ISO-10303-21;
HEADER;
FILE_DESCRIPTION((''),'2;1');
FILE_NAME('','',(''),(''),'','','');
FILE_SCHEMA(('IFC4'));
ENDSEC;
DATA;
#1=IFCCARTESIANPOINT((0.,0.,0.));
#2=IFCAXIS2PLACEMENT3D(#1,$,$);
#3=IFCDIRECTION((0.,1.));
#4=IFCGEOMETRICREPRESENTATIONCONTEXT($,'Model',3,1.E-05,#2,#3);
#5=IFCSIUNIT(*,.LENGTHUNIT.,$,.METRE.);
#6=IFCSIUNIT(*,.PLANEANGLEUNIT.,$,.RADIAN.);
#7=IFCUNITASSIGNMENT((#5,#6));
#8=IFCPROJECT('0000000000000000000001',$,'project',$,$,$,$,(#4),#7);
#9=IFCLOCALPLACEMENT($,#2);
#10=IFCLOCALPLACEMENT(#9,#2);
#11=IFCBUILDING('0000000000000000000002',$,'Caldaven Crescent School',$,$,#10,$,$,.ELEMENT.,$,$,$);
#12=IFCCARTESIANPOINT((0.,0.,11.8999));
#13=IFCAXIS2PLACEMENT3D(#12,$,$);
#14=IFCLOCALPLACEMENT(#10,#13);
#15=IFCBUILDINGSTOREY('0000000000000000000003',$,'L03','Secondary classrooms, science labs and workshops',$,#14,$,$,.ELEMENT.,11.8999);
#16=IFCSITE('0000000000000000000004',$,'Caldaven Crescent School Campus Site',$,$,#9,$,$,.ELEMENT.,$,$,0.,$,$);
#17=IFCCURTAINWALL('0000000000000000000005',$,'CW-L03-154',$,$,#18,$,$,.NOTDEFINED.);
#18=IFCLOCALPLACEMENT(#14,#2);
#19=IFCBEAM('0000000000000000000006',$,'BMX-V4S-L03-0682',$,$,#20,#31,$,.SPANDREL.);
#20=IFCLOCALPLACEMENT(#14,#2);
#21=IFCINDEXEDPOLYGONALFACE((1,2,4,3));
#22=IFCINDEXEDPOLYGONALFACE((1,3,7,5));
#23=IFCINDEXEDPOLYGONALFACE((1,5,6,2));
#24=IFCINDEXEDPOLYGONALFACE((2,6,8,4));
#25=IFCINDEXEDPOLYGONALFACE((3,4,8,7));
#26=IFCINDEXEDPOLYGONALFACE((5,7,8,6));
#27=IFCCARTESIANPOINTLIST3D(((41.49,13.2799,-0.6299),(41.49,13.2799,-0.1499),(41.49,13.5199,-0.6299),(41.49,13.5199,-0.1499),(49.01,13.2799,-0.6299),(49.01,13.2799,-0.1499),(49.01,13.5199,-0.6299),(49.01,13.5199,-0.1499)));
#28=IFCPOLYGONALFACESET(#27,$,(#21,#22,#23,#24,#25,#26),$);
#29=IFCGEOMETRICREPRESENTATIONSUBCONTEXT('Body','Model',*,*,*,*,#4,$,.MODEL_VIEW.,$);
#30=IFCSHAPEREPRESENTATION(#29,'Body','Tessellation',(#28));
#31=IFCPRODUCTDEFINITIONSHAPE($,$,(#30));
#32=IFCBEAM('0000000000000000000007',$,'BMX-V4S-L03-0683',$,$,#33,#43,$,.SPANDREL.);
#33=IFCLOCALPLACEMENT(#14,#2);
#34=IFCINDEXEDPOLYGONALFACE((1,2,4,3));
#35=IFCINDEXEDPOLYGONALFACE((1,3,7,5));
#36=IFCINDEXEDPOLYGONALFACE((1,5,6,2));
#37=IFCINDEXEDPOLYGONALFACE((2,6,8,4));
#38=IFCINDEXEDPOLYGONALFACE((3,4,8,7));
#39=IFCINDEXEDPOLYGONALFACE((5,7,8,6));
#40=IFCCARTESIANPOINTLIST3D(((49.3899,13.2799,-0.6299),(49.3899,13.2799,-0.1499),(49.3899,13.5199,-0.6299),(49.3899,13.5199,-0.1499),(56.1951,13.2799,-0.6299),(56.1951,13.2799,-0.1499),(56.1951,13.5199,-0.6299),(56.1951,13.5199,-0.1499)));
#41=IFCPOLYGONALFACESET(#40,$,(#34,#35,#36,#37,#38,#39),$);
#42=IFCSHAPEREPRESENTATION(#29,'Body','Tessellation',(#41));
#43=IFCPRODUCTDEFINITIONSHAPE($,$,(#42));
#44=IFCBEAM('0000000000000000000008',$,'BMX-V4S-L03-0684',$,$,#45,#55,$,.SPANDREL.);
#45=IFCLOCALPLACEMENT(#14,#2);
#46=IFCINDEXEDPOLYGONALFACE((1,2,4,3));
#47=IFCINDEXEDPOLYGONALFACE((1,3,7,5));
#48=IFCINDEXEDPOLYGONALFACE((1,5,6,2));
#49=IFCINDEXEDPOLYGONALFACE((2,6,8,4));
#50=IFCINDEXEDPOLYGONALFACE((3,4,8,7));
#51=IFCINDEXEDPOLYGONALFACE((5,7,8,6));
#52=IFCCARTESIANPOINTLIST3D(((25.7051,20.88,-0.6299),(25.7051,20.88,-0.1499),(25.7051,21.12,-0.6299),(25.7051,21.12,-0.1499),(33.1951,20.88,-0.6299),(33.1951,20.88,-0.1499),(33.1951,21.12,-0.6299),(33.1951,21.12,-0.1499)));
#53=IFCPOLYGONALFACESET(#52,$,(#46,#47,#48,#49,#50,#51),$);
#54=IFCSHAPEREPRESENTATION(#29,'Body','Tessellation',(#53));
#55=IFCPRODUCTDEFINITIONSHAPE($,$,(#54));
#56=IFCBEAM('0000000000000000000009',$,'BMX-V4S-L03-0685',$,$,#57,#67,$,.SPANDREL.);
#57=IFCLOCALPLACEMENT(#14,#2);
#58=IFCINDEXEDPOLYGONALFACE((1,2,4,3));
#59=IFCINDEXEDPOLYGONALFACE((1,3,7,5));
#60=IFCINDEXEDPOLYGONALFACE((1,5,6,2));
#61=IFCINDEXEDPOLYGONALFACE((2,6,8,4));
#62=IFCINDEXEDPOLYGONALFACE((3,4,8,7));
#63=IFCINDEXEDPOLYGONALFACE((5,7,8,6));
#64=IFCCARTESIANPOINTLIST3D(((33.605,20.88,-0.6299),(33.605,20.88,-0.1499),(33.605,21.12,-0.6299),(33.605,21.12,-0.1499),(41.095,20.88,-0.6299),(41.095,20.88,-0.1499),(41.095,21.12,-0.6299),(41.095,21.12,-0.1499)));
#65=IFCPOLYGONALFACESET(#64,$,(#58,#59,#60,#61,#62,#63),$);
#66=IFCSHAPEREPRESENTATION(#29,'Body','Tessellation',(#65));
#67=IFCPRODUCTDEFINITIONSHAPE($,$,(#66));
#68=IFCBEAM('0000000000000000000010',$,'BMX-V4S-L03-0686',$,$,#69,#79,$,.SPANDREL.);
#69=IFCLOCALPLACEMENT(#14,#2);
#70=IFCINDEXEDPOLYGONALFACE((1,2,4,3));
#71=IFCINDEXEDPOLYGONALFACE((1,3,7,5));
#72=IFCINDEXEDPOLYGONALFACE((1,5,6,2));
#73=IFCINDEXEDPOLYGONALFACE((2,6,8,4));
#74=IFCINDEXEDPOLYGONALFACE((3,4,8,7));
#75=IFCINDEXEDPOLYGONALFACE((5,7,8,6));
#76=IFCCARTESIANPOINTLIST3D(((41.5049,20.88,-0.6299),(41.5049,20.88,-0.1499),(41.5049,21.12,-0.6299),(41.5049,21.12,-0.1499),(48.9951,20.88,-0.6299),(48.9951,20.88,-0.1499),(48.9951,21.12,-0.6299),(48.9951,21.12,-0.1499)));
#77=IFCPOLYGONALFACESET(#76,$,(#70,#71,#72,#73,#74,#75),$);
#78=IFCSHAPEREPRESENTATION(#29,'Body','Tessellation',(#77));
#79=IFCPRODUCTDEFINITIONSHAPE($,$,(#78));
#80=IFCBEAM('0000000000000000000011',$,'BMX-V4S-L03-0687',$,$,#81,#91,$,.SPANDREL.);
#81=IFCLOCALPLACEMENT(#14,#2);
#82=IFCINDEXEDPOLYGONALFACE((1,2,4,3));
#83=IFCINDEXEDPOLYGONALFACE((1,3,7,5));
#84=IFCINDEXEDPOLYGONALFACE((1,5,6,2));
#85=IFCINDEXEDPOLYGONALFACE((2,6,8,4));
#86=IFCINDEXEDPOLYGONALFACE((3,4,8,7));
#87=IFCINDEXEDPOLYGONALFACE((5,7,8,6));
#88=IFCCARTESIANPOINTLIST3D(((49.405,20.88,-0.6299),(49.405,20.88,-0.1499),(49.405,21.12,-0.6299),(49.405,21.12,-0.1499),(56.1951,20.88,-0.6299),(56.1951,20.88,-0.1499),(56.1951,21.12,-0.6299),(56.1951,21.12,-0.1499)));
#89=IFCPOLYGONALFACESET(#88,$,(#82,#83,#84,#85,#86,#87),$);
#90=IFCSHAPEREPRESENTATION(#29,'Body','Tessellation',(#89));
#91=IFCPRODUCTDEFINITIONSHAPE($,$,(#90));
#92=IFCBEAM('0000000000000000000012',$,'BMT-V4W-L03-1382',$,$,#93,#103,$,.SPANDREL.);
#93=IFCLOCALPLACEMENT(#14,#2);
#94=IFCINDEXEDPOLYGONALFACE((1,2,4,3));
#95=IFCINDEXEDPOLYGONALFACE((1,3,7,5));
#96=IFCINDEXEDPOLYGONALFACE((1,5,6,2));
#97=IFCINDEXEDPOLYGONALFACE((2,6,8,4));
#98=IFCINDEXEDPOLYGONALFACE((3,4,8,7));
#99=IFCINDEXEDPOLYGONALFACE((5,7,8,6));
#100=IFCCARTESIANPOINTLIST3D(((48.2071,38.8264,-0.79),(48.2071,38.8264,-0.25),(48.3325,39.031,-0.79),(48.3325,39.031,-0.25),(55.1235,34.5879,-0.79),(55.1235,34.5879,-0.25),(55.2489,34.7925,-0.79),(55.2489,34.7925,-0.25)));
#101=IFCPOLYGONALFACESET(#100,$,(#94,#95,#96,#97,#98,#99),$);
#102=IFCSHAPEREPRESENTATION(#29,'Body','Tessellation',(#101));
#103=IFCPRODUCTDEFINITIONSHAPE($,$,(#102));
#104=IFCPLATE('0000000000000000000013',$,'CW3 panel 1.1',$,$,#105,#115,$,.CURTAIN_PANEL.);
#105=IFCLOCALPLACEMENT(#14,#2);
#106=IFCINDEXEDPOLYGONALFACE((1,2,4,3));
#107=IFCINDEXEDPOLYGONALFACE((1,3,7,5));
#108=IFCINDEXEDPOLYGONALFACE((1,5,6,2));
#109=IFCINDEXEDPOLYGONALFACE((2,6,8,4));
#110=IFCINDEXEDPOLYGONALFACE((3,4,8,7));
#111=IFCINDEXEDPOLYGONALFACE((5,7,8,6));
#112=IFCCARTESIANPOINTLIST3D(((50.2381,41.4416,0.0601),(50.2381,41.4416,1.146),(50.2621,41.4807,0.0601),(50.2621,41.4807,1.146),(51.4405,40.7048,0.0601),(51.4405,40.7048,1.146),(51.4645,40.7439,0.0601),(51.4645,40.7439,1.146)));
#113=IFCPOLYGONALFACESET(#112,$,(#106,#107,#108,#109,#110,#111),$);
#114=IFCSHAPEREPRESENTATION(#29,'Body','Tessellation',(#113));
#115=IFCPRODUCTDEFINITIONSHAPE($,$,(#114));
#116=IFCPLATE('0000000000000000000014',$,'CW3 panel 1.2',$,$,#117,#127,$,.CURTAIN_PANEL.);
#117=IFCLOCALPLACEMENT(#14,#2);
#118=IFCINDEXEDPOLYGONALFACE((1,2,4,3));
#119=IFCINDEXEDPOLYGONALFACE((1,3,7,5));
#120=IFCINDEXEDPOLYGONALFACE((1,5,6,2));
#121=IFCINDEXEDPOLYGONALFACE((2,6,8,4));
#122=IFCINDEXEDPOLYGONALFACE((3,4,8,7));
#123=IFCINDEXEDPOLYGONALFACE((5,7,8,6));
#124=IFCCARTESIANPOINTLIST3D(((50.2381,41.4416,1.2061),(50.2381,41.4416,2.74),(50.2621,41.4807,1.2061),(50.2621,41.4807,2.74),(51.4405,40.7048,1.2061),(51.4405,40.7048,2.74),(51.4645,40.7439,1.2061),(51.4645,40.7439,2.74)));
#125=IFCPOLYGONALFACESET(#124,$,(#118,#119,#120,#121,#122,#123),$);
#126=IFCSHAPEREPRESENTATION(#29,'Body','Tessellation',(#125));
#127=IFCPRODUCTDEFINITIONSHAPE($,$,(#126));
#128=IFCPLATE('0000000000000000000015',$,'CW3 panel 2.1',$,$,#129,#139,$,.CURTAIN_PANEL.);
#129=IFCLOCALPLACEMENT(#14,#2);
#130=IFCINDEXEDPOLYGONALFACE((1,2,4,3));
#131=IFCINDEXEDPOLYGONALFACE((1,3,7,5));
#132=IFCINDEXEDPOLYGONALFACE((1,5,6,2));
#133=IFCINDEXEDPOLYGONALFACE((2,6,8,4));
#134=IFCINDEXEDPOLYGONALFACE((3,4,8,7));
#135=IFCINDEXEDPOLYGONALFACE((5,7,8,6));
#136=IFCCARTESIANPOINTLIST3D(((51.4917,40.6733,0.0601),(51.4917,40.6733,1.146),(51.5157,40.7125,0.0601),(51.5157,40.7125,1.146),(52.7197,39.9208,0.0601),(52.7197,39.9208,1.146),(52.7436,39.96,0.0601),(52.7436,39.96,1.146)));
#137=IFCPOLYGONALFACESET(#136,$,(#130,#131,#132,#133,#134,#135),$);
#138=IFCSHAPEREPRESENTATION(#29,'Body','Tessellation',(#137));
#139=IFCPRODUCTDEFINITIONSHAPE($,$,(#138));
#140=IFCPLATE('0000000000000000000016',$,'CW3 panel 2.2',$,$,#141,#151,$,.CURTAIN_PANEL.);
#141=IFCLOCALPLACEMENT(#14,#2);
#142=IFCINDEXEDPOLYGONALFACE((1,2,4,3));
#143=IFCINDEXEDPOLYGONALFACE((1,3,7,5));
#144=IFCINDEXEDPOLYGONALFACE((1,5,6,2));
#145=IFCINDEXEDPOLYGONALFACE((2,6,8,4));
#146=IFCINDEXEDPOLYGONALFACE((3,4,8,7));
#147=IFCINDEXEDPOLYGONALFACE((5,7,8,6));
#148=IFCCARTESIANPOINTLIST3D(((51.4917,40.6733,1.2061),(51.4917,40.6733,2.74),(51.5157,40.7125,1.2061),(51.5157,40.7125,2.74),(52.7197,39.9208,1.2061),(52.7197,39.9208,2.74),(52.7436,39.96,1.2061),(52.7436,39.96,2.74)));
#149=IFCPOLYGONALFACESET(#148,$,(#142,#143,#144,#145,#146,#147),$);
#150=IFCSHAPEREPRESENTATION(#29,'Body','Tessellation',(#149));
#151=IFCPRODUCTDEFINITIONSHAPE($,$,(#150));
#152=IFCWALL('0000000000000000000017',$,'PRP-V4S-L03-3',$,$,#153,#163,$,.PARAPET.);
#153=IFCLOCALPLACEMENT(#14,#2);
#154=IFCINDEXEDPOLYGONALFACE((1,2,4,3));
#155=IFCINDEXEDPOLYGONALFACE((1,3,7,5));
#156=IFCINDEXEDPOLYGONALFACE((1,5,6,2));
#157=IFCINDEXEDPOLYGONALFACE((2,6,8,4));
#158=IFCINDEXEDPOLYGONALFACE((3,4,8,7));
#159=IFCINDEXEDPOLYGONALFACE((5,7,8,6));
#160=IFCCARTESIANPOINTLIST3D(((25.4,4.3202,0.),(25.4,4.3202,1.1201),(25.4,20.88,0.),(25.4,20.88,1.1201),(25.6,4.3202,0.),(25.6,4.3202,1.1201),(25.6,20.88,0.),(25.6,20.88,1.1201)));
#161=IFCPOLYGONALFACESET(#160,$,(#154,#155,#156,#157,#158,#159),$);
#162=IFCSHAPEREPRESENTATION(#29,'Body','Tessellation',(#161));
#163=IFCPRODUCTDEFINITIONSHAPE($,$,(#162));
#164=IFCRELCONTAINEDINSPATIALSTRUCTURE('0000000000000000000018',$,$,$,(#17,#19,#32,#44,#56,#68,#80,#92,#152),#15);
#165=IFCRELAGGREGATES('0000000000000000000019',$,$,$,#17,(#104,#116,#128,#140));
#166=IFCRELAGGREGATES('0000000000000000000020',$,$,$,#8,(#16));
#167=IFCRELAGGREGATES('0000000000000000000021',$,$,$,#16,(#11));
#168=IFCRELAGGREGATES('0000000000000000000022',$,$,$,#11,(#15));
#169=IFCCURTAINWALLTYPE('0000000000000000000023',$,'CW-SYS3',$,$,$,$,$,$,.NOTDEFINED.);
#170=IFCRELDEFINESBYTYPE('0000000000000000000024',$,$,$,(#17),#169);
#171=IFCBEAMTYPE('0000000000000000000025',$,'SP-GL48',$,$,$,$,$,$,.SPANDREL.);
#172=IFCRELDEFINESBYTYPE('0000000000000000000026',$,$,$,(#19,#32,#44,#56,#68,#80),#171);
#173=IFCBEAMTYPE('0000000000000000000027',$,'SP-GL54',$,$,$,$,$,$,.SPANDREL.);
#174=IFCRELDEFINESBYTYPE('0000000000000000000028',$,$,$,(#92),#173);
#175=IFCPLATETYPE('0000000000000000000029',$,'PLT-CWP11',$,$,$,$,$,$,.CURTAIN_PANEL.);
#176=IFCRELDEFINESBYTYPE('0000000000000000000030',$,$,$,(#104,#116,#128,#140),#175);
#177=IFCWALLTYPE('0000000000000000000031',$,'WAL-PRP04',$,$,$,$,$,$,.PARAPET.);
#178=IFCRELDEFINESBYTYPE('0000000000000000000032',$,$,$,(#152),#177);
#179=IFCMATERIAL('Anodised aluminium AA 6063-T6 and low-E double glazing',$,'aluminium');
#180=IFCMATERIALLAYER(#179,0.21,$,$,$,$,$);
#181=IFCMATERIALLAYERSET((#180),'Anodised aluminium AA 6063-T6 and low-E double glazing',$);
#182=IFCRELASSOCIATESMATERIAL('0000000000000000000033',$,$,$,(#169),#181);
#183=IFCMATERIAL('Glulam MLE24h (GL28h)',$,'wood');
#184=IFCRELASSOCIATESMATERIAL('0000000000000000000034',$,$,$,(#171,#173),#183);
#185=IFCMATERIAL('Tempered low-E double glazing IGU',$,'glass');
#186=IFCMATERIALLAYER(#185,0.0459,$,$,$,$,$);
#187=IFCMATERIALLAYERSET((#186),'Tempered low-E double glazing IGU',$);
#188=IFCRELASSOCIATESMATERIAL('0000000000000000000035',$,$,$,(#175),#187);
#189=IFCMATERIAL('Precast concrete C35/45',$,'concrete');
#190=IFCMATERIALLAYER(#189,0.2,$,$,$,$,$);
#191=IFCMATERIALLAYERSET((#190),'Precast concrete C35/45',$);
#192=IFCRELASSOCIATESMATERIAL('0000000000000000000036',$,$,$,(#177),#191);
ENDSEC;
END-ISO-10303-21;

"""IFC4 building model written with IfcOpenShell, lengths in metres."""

from ifc_helpers import new_model, si_unit, direction, frame, frame_2d, origin, origin_2d, place, context, subcontext, project, spatial, rectangle, extrude, material, layer, layer_set, material_profile, profile_set, type_object, element, aggregate, save


model = new_model("IFC4")

# Units and contexts
model_context = context("Model", 3, precision=1e-05, world=origin(), true_north=direction((0.0, 1.0)))
body_context = subcontext(model_context, "Body", "Model", "MODEL_VIEW")
ifc_project = project(units=[si_unit("LENGTHUNIT", "METRE"), si_unit("PLANEANGLEUNIT", "RADIAN")], contexts=[model_context])

# Site, building, storey
site_placement = place(None, origin())
site = spatial("IfcSite", under=ifc_project, at=site_placement, Name="Caldaven Crescent School Campus Site", CompositionType="ELEMENT", RefElevation=0.0)
building_placement = place(site_placement, origin())
building = spatial("IfcBuilding", under=site, at=building_placement, Name="Caldaven Crescent School", CompositionType="ELEMENT")
storey_placement = place(building_placement, frame((0.0, 0.0, 11.8999)))
storey = spatial("IfcBuildingStorey", under=building, at=storey_placement, Name="L03", Description="Secondary classrooms, science labs and workshops", CompositionType="ELEMENT", Elevation=11.8999)

# Shared definitions
ifc_material_1 = material(Name="Glulam MLE24h (GL28h)", Category="wood")

# Curtain wall
ifc_material_2 = material(Name="Anodised aluminium AA 6063-T6 and low-E double glazing", Category="aluminium")
ifc_layer_1 = layer(ifc_material_2, 0.21)
ifc_layer_set_1 = layer_set([ifc_layer_1], Name="Anodised aluminium AA 6063-T6 and low-E double glazing")
curtain_wall_type = type_object("IfcCurtainWallType", Name="CW-SYS3", PredefinedType="NOTDEFINED", material=ifc_layer_set_1)
curtain_wall_placement = place(storey_placement, origin())
curtain_wall = element("IfcCurtainWall", 1, at=curtain_wall_placement, inside=storey, type_object=curtain_wall_type, Name="CW-L03-154", PredefinedType="NOTDEFINED")

# Beams
ifc_material_profile_1 = material_profile(ifc_material_1, rectangle(XDim=0.24, YDim=0.48, at=origin_2d()), Name="MLE 240x480")
ifc_profile_set_1 = profile_set([ifc_material_profile_1], Name="Glulam MLE24h (GL28h)")
beam_type_1 = type_object("IfcBeamType", Name="SP-GL48", PredefinedType="SPANDREL", material=ifc_profile_set_1)
beam_1_placement = place(storey_placement, frame((41.49, 13.3999, -0.3899), z_axis=(1.0, 0.0, 0.0), x_axis=(0.0, 1.0, 0.0)))
element("IfcBeam", 2, at=beam_1_placement, inside=storey, type_object=beam_type_1, Name="BMX-V4S-L03-0682", PredefinedType="SPANDREL", context=body_context, shape_type="SweptSolid", body=[
    extrude(rectangle(XDim=0.24, YDim=0.48, at=origin_2d()), origin(), (0.0, 0.0, 1.0), 7.52),
])
beam_2_placement = place(storey_placement, frame((49.3899, 13.3999, -0.3899), z_axis=(1.0, 0.0, 0.0), x_axis=(0.0, 1.0, 0.0)))
element("IfcBeam", 3, at=beam_2_placement, inside=storey, type_object=beam_type_1, Name="BMX-V4S-L03-0683", PredefinedType="SPANDREL", context=body_context, shape_type="SweptSolid", body=[
    extrude(rectangle(XDim=0.24, YDim=0.48, at=origin_2d()), origin(), (0.0, 0.0, 1.0), 6.8052),
])
for number, where, z_axis, x_axis, name in (
    (4, (25.7051, 21.0, -0.3899), (1.0, 0.0, 0.0), (0.0, 1.0, 0.0), "BMX-V4S-L03-0684"),
    (5, (33.605, 21.0, -0.3899), (1.0, 0.0, 0.0), (0.0, 1.0, 0.0), "BMX-V4S-L03-0685"),
):
    element("IfcBeam", number, at=place(storey_placement, frame(where, z_axis=z_axis, x_axis=x_axis)), inside=storey, type_object=beam_type_1, Name=name, PredefinedType="SPANDREL", context=body_context, shape_type="SweptSolid", body=[
        extrude(rectangle(XDim=0.24, YDim=0.48, at=origin_2d()), origin(), (0.0, 0.0, 1.0), 7.49),
    ])
beam_3_placement = place(storey_placement, frame((41.5049, 21.0, -0.3899), z_axis=(1.0, 0.0, 0.0), x_axis=(0.0, 1.0, 0.0)))
element("IfcBeam", 6, at=beam_3_placement, inside=storey, type_object=beam_type_1, Name="BMX-V4S-L03-0686", PredefinedType="SPANDREL", context=body_context, shape_type="SweptSolid", body=[
    extrude(rectangle(XDim=0.24, YDim=0.48, at=origin_2d()), origin(), (0.0, 0.0, 1.0), 7.4902),
])
beam_4_placement = place(storey_placement, frame((49.405, 21.0, -0.3899), z_axis=(1.0, 0.0, 0.0), x_axis=(0.0, 1.0, 0.0)))
element("IfcBeam", 7, at=beam_4_placement, inside=storey, type_object=beam_type_1, Name="BMX-V4S-L03-0687", PredefinedType="SPANDREL", context=body_context, shape_type="SweptSolid", body=[
    extrude(rectangle(XDim=0.24, YDim=0.48, at=origin_2d()), origin(), (0.0, 0.0, 1.0), 6.79),
])
ifc_material_profile_2 = material_profile(ifc_material_1, rectangle(XDim=0.24, YDim=0.54, at=origin_2d()), Name="MLE 240x540")
ifc_profile_set_2 = profile_set([ifc_material_profile_2], Name="Glulam MLE24h (GL28h)")
beam_type_2 = type_object("IfcBeamType", Name="SP-GL54", PredefinedType="SPANDREL", material=ifc_profile_set_2)
beam_5_placement = place(storey_placement, frame((48.2698, 38.9287, -0.52), z_axis=(0.852635, -0.522506, 0.0), x_axis=(0.522506, 0.852635, 0.0)))
element("IfcBeam", 8, at=beam_5_placement, inside=storey, type_object=beam_type_2, Name="BMT-V4W-L03-1382", PredefinedType="SPANDREL", context=body_context, shape_type="SweptSolid", body=[
    extrude(rectangle(XDim=0.24, YDim=0.54, at=origin_2d()), origin(), (0.0, 0.0, 1.0), 8.1118),
])

# Plates
ifc_material_3 = material(Name="Tempered low-E double glazing IGU", Category="glass")
ifc_layer_2 = layer(ifc_material_3, 0.0459)
ifc_layer_set_2 = layer_set([ifc_layer_2], Name="Tempered low-E double glazing IGU")
plate_type = type_object("IfcPlateType", Name="PLT-CWP11", PredefinedType="CURTAIN_PANEL", material=ifc_layer_set_2)
plate_1_placement = place(storey_placement, frame((50.8513, 41.0928, 0.0601), z_axis=(0.0, 0.0, 1.0), x_axis=(0.85264, -0.522498, 0.0)))
plate_1 = element("IfcPlate", 9, at=plate_1_placement, type_object=plate_type, Name="CW3 panel 1.1", PredefinedType="CURTAIN_PANEL", context=body_context, shape_type="SweptSolid", body=[
    extrude(rectangle(XDim=1.4102, YDim=0.0459, at=origin_2d()), origin(), (0.0, 0.0, 1.0), 1.0859),
])
plate_2_placement = place(storey_placement, frame((50.8513, 41.0928, 1.2061), z_axis=(0.0, 0.0, 1.0), x_axis=(0.85264, -0.522498, 0.0)))
plate_2 = element("IfcPlate", 10, at=plate_2_placement, type_object=plate_type, Name="CW3 panel 1.2", PredefinedType="CURTAIN_PANEL", context=body_context, shape_type="SweptSolid", body=[
    extrude(rectangle(XDim=1.4102, YDim=0.0459, at=origin_2d()), origin(), (0.0, 0.0, 1.0), 1.5339),
])
plate_3_placement = place(storey_placement, frame((52.1177, 40.3167, 0.0601), z_axis=(0.0, 0.0, 1.0), x_axis=(0.85264, -0.522498, 0.0)))
plate_3 = element("IfcPlate", 11, at=plate_3_placement, type_object=plate_type, Name="CW3 panel 2.1", PredefinedType="CURTAIN_PANEL", context=body_context, shape_type="SweptSolid", body=[
    extrude(rectangle(XDim=1.4402, YDim=0.0459, at=origin_2d()), origin(), (0.0, 0.0, 1.0), 1.0859),
])
plate_4_placement = place(storey_placement, frame((52.1177, 40.3167, 1.2061), z_axis=(0.0, 0.0, 1.0), x_axis=(0.85264, -0.522498, 0.0)))
plate_4 = element("IfcPlate", 12, at=plate_4_placement, type_object=plate_type, Name="CW3 panel 2.2", PredefinedType="CURTAIN_PANEL", context=body_context, shape_type="SweptSolid", body=[
    extrude(rectangle(XDim=1.4402, YDim=0.0459, at=origin_2d()), origin(), (0.0, 0.0, 1.0), 1.5339),
])
aggregate(curtain_wall, [plate_1, plate_2, plate_3, plate_4])

# Wall
ifc_material_4 = material(Name="Precast concrete C35/45", Category="concrete")
ifc_layer_3 = layer(ifc_material_4, 0.2)
ifc_layer_set_3 = layer_set([ifc_layer_3], Name="Precast concrete C35/45")
wall_type = type_object("IfcWallType", Name="WAL-PRP04", PredefinedType="PARAPET", material=ifc_layer_set_3)
wall_placement = place(storey_placement, frame((25.5, 20.8799, 0.0), z_axis=(0.0, 0.0, 1.0), x_axis=(0.0, -1.0, 0.0)))
element("IfcWall", 13, at=wall_placement, inside=storey, type_object=wall_type, Name="PRP-V4S-L03-3", PredefinedType="PARAPET", context=body_context, shape_type="SweptSolid", body=[
    extrude(rectangle(XDim=16.5598, YDim=0.2, at=frame_2d((8.2798, 0.0))), origin(), (0.0, 0.0, 1.0), 1.1201),
])

save(model, "model.ifc")
